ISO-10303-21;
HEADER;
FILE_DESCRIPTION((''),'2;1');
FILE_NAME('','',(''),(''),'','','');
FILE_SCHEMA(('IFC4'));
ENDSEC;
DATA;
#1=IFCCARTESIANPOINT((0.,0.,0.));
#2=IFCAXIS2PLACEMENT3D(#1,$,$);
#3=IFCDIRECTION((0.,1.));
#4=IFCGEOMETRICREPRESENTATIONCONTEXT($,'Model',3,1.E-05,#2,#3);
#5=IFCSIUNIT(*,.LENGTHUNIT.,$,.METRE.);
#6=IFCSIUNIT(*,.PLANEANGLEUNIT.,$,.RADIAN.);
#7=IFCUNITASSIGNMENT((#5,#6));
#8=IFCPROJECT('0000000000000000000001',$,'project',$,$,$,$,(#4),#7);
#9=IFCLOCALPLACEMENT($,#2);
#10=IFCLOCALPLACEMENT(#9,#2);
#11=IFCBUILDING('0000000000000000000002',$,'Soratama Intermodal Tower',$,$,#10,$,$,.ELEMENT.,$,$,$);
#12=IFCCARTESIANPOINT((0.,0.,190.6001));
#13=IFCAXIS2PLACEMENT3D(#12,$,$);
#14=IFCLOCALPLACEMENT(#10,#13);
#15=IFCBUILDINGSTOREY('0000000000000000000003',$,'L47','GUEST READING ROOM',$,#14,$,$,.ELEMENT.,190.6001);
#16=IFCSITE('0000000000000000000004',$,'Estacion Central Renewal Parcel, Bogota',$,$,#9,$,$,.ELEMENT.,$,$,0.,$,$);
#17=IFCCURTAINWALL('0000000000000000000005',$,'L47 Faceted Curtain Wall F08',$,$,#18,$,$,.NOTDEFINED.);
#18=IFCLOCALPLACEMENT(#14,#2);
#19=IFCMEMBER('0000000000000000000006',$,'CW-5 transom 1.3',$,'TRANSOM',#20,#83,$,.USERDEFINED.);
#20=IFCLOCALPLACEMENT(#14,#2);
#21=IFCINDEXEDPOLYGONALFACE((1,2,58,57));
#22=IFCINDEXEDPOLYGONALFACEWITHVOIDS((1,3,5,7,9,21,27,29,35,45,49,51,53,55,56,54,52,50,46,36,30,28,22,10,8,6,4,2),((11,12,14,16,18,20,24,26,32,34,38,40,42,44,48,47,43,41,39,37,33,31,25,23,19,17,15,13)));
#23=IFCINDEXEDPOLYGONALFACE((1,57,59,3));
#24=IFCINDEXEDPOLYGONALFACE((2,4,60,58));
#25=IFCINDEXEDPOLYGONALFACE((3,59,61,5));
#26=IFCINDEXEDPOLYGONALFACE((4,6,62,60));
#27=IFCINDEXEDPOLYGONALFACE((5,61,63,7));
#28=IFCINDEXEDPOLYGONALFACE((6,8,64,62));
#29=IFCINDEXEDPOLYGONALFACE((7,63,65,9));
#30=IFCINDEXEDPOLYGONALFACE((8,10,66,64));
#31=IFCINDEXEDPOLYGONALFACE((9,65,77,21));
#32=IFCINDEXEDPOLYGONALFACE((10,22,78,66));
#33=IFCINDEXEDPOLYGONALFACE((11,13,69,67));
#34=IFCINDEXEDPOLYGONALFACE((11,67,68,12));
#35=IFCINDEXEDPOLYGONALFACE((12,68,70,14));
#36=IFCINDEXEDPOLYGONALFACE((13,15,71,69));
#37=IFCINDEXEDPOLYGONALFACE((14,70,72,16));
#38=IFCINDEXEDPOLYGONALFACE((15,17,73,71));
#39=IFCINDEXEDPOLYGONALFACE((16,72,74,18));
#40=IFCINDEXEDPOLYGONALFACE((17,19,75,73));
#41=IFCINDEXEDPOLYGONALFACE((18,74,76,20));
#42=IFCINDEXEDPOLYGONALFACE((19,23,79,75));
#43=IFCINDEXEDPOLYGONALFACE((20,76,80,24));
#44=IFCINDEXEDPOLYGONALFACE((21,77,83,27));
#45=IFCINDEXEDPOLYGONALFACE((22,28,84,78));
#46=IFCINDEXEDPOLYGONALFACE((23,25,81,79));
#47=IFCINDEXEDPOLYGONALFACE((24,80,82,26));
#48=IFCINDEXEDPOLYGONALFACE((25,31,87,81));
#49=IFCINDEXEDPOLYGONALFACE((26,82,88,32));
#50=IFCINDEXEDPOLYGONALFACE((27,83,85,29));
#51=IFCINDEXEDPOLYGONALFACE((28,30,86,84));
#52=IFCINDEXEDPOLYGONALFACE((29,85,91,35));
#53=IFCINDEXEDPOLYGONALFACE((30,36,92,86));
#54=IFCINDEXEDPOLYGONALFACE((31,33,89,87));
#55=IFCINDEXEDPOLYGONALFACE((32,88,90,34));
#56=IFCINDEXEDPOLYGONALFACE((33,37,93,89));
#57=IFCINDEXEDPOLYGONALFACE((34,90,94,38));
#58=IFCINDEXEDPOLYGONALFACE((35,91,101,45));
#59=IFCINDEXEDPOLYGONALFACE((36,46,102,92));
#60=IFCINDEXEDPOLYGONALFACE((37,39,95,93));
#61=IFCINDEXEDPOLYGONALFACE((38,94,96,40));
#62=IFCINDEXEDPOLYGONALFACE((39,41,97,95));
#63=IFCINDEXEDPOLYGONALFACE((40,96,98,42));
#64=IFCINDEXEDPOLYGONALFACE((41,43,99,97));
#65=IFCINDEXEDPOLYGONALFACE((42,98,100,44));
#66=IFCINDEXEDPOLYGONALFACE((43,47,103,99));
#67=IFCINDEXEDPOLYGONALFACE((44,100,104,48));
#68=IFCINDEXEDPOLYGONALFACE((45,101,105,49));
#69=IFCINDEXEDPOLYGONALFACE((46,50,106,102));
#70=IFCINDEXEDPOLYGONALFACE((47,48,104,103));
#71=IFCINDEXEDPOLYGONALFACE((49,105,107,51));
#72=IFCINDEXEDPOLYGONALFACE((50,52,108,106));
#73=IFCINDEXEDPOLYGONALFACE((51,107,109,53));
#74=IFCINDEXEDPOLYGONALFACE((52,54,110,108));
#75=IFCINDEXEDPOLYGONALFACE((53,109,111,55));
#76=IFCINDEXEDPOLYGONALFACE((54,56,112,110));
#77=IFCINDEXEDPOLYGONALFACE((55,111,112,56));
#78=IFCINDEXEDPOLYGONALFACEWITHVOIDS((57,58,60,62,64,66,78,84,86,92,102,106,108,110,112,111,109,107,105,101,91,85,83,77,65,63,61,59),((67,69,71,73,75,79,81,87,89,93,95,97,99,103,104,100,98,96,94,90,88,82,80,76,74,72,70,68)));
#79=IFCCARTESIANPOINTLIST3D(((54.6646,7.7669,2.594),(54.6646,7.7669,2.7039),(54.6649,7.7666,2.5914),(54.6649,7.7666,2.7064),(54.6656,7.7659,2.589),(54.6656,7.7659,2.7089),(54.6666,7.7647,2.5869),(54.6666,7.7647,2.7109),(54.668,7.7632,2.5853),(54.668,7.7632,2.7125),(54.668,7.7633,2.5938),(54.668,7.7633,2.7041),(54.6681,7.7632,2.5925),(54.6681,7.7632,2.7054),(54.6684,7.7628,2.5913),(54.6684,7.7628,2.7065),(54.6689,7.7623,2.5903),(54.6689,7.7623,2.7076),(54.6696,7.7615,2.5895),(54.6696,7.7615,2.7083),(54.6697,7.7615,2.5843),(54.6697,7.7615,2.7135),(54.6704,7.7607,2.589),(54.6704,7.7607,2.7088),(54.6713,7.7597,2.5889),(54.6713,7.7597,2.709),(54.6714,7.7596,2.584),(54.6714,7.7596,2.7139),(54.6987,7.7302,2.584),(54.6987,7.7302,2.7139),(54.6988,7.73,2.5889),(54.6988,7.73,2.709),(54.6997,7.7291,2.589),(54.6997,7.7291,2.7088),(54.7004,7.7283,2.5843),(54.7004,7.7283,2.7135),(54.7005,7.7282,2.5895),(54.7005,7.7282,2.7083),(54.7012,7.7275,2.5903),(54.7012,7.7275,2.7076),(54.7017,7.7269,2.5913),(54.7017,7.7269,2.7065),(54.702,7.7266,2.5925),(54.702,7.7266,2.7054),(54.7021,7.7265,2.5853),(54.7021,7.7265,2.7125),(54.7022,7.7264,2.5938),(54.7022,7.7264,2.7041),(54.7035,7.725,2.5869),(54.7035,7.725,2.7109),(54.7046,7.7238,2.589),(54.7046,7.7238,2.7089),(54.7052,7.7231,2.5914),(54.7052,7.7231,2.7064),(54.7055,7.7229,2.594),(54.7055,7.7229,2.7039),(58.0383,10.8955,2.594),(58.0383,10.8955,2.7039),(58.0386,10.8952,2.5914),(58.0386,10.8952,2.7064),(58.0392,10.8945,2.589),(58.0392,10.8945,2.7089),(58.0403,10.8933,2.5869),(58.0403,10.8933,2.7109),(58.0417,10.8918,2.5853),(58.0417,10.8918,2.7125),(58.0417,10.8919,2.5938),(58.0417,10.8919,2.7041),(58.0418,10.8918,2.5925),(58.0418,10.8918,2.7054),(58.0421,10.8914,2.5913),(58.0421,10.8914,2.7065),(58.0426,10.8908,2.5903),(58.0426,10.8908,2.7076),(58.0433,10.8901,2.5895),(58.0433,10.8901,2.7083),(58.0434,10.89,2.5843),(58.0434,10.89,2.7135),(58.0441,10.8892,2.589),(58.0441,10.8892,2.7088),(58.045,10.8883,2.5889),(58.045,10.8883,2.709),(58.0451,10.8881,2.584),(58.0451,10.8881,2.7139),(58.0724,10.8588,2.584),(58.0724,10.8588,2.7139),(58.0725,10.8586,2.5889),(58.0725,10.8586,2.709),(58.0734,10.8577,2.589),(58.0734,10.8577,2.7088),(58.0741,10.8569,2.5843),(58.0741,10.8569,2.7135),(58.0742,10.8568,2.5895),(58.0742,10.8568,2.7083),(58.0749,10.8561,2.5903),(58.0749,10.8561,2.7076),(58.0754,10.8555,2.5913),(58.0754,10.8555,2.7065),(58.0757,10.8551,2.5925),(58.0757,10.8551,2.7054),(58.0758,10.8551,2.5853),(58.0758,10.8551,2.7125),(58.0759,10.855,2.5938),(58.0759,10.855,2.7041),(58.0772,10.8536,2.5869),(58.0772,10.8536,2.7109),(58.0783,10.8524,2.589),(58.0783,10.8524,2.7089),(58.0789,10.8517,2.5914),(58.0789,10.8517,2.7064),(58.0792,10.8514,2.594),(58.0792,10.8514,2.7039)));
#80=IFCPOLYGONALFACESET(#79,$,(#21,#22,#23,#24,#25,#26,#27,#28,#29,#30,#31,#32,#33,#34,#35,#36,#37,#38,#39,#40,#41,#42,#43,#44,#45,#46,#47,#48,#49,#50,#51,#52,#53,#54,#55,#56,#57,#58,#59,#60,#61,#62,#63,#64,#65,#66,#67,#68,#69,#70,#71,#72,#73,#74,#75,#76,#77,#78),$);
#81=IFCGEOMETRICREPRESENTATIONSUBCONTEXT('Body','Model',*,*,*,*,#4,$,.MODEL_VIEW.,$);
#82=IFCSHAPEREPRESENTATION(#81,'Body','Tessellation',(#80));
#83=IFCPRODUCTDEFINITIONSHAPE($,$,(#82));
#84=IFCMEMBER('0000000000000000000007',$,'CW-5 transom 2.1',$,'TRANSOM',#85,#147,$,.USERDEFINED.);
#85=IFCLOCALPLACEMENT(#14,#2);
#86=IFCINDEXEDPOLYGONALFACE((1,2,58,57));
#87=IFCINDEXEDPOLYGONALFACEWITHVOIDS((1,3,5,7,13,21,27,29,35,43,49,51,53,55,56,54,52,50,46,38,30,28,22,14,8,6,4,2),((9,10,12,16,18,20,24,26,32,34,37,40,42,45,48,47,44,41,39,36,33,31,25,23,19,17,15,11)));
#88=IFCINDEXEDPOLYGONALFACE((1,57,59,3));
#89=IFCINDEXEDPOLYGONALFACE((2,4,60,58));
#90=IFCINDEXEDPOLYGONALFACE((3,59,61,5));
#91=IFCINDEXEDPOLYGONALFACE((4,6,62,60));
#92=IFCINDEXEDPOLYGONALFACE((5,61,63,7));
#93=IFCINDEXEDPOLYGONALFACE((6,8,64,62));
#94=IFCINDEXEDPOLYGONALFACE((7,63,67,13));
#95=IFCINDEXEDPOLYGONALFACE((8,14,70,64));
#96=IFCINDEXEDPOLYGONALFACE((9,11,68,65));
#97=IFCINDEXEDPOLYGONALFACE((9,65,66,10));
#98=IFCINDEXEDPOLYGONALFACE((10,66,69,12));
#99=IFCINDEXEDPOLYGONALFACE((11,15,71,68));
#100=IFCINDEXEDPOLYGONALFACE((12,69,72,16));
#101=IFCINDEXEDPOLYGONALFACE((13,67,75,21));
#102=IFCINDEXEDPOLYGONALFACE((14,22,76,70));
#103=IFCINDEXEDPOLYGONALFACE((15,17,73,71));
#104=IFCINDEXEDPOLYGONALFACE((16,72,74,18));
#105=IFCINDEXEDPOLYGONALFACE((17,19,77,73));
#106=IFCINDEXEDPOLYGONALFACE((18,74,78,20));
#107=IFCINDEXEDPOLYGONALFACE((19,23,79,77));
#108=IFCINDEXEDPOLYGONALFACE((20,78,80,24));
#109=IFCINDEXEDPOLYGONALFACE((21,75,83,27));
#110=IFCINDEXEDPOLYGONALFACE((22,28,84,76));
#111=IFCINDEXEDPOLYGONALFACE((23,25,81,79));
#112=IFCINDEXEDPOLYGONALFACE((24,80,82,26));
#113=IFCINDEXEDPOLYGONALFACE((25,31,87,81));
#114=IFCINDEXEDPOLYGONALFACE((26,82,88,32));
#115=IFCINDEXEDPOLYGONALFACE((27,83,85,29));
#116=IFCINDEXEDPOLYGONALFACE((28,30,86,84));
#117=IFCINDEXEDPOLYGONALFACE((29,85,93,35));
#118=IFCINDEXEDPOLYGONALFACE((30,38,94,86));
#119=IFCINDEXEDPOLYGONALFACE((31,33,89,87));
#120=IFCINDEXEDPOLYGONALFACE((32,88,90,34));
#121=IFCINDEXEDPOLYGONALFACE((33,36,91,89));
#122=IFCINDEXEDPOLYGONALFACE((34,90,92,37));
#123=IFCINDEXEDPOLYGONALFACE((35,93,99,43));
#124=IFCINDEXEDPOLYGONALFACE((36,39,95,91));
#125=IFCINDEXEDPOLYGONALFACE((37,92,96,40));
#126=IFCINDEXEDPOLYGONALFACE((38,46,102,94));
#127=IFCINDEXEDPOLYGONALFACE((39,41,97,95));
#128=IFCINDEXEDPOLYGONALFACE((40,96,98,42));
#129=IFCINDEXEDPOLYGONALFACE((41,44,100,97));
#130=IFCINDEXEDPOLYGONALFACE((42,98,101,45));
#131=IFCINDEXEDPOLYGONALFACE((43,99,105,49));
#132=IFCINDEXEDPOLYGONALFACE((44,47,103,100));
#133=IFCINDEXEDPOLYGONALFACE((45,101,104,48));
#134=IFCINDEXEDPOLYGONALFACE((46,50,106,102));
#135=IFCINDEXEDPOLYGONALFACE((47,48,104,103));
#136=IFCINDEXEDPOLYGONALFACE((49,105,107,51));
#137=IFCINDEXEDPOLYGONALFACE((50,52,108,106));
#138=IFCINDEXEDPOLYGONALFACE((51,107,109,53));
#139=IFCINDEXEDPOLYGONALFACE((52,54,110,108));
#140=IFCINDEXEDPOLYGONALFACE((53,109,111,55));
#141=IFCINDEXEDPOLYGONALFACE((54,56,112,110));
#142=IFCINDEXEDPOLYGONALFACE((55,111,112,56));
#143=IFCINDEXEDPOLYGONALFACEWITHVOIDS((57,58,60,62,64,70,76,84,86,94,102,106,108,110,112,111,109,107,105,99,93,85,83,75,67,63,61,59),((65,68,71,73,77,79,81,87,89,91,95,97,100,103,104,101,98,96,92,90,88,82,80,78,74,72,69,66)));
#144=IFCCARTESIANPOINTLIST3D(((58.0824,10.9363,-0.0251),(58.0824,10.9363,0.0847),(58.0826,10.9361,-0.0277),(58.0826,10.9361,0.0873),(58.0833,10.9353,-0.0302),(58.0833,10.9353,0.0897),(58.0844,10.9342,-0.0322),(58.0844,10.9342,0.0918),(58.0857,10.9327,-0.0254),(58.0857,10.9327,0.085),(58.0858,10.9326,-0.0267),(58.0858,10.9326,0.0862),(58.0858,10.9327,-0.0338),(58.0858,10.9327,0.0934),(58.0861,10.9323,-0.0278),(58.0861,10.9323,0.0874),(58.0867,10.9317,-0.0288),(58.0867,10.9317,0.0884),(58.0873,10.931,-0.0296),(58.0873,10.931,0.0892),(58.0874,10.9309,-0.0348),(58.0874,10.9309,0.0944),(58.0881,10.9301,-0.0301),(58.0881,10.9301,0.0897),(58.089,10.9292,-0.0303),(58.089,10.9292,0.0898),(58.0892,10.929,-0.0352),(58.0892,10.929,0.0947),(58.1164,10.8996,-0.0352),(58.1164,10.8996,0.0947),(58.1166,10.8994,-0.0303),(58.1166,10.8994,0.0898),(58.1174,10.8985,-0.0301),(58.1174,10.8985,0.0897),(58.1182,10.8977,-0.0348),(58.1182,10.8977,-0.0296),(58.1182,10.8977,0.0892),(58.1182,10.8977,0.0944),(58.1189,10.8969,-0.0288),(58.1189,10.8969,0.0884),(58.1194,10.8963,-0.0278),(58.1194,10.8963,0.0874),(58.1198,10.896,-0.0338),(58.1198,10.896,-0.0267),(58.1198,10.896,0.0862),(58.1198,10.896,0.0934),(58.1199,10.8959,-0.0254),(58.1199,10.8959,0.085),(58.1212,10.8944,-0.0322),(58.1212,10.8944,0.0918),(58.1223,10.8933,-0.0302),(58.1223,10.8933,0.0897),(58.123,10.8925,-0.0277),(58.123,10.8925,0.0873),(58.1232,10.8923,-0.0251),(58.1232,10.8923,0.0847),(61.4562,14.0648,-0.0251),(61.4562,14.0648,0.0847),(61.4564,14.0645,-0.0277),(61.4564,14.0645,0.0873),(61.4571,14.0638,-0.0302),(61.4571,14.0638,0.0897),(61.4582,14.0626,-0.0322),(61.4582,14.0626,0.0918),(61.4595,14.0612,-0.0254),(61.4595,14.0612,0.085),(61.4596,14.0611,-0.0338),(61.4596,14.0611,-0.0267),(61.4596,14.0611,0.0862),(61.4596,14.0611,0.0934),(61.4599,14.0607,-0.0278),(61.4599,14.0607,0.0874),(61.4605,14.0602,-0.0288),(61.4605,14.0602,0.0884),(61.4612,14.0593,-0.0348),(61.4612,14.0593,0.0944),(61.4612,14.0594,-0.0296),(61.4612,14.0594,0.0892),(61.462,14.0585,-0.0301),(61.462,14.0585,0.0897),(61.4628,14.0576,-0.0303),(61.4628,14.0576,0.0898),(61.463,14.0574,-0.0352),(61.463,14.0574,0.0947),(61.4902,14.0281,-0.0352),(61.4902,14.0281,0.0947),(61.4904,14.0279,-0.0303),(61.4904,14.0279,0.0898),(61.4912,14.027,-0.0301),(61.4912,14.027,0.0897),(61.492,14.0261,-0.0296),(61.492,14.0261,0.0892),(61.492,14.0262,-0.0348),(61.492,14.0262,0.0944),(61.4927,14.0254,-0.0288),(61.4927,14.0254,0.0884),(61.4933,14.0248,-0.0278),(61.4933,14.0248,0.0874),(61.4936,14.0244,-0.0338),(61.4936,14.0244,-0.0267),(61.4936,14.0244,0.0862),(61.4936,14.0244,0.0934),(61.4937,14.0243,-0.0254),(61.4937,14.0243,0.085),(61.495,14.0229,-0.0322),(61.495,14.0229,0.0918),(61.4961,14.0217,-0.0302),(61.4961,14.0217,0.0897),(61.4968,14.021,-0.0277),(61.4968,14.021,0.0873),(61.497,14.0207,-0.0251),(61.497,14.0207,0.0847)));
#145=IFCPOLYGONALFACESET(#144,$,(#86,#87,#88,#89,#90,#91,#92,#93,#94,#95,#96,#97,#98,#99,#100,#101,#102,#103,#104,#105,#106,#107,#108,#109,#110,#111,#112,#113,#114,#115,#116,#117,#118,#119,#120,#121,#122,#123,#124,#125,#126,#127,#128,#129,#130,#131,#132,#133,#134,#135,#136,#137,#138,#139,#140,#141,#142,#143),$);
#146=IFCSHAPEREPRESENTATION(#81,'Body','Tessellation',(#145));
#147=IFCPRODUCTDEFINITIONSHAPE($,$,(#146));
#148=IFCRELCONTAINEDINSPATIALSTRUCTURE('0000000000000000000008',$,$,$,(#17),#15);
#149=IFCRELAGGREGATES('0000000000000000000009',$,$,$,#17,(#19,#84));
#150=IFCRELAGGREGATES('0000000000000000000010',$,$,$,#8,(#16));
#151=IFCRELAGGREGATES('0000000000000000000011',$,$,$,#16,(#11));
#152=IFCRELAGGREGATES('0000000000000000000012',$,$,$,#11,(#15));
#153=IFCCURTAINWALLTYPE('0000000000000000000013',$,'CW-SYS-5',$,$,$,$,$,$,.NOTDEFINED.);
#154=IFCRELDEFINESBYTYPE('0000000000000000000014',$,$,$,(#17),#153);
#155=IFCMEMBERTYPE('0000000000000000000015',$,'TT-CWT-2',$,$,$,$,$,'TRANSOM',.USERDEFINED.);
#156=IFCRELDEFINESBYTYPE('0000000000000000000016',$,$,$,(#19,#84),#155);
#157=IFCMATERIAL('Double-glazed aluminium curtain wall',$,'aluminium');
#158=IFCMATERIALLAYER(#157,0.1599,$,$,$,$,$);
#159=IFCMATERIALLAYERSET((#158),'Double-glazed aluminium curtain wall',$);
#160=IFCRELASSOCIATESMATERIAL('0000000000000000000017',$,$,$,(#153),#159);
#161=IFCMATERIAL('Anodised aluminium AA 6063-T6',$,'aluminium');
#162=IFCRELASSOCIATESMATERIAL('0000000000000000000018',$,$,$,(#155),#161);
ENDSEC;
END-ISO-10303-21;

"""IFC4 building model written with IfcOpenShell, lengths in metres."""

from ifc_helpers import new_model, si_unit, direction, frame, origin, origin_2d, place, context, subcontext, project, spatial, hollow_rectangle, extrude, material, layer, layer_set, material_profile, profile_set, type_object, element, aggregate, save


model = new_model("IFC4")

# Units and contexts
model_context = context("Model", 3, precision=1e-05, world=origin(), true_north=direction((0.0, 1.0)))
body_context = subcontext(model_context, "Body", "Model", "MODEL_VIEW")
ifc_project = project(units=[si_unit("LENGTHUNIT", "METRE"), si_unit("PLANEANGLEUNIT", "RADIAN")], contexts=[model_context])

# Site, building, storey
site_placement = place(None, origin())
site = spatial("IfcSite", under=ifc_project, at=site_placement, Name="Estacion Central Renewal Parcel, Bogota", CompositionType="ELEMENT", RefElevation=0.0)
building_placement = place(site_placement, origin())
building = spatial("IfcBuilding", under=site, at=building_placement, Name="Soratama Intermodal Tower", CompositionType="ELEMENT")
storey_placement = place(building_placement, frame((0.0, 0.0, 190.6001)))
storey = spatial("IfcBuildingStorey", under=building, at=storey_placement, Name="L47", Description="GUEST READING ROOM", CompositionType="ELEMENT", Elevation=190.6001)

# Curtain wall, members
ifc_material_1 = material(Name="Double-glazed aluminium curtain wall", Category="aluminium")
ifc_layer_1 = layer(ifc_material_1, 0.1599)
ifc_layer_set_1 = layer_set([ifc_layer_1], Name="Double-glazed aluminium curtain wall")
curtain_wall_type = type_object("IfcCurtainWallType", Name="CW-SYS-5", PredefinedType="NOTDEFINED", material=ifc_layer_set_1)
curtain_wall_placement = place(storey_placement, origin())
curtain_wall = element("IfcCurtainWall", 1, at=curtain_wall_placement, inside=storey, type_object=curtain_wall_type, Name="L47 Faceted Curtain Wall F08", PredefinedType="NOTDEFINED")
ifc_material_2 = material(Name="Anodised aluminium AA 6063-T6", Category="aluminium")
ifc_material_profile_1 = material_profile(ifc_material_2, hollow_rectangle(XDim=0.0601, YDim=0.1299, WallThickness=0.0049, InnerFilletRadius=0.0049, OuterFilletRadius=0.01, at=origin_2d()), Name="CWT130X60X5")
ifc_profile_set_1 = profile_set([ifc_material_profile_1], Name="Anodised aluminium AA 6063-T6")
member_type_1 = type_object("IfcMemberType", Name="TT-CWT-2", ElementType="TRANSOM", PredefinedType="USERDEFINED", material=ifc_profile_set_1)
member_1_placement = place(storey_placement, frame((54.6851, 7.7449, 2.6489), z_axis=(0.733241, 0.679969, 0.0), x_axis=(-0.679969, 0.733241, 0.0)))
member_1 = element("IfcMember", 2, at=member_1_placement, type_object=member_type_1, Name="CW-5 transom 1.3", ObjectType="TRANSOM", PredefinedType="USERDEFINED", context=body_context, shape_type="SweptSolid", body=[
    extrude(hollow_rectangle(XDim=0.0601, YDim=0.1299, WallThickness=0.0049, InnerFilletRadius=0.0049, OuterFilletRadius=0.01, at=origin_2d()), origin(), (0.0, 0.0, 1.0), 4.6011),
])
member_2_placement = place(storey_placement, frame((58.1028, 10.9143, 0.0298), z_axis=(0.733268, 0.67994, 0.0), x_axis=(-0.67994, 0.733268, 0.0)))
member_2 = element("IfcMember", 3, at=member_2_placement, type_object=member_type_1, Name="CW-5 transom 2.1", ObjectType="TRANSOM", PredefinedType="USERDEFINED", context=body_context, shape_type="SweptSolid", body=[
    extrude(hollow_rectangle(XDim=0.0601, YDim=0.1299, WallThickness=0.0049, InnerFilletRadius=0.0049, OuterFilletRadius=0.01, at=origin_2d()), origin(), (0.0, 0.0, 1.0), 4.6011),
])
aggregate(curtain_wall, [member_1, member_2])

save(model, "model.ifc")
